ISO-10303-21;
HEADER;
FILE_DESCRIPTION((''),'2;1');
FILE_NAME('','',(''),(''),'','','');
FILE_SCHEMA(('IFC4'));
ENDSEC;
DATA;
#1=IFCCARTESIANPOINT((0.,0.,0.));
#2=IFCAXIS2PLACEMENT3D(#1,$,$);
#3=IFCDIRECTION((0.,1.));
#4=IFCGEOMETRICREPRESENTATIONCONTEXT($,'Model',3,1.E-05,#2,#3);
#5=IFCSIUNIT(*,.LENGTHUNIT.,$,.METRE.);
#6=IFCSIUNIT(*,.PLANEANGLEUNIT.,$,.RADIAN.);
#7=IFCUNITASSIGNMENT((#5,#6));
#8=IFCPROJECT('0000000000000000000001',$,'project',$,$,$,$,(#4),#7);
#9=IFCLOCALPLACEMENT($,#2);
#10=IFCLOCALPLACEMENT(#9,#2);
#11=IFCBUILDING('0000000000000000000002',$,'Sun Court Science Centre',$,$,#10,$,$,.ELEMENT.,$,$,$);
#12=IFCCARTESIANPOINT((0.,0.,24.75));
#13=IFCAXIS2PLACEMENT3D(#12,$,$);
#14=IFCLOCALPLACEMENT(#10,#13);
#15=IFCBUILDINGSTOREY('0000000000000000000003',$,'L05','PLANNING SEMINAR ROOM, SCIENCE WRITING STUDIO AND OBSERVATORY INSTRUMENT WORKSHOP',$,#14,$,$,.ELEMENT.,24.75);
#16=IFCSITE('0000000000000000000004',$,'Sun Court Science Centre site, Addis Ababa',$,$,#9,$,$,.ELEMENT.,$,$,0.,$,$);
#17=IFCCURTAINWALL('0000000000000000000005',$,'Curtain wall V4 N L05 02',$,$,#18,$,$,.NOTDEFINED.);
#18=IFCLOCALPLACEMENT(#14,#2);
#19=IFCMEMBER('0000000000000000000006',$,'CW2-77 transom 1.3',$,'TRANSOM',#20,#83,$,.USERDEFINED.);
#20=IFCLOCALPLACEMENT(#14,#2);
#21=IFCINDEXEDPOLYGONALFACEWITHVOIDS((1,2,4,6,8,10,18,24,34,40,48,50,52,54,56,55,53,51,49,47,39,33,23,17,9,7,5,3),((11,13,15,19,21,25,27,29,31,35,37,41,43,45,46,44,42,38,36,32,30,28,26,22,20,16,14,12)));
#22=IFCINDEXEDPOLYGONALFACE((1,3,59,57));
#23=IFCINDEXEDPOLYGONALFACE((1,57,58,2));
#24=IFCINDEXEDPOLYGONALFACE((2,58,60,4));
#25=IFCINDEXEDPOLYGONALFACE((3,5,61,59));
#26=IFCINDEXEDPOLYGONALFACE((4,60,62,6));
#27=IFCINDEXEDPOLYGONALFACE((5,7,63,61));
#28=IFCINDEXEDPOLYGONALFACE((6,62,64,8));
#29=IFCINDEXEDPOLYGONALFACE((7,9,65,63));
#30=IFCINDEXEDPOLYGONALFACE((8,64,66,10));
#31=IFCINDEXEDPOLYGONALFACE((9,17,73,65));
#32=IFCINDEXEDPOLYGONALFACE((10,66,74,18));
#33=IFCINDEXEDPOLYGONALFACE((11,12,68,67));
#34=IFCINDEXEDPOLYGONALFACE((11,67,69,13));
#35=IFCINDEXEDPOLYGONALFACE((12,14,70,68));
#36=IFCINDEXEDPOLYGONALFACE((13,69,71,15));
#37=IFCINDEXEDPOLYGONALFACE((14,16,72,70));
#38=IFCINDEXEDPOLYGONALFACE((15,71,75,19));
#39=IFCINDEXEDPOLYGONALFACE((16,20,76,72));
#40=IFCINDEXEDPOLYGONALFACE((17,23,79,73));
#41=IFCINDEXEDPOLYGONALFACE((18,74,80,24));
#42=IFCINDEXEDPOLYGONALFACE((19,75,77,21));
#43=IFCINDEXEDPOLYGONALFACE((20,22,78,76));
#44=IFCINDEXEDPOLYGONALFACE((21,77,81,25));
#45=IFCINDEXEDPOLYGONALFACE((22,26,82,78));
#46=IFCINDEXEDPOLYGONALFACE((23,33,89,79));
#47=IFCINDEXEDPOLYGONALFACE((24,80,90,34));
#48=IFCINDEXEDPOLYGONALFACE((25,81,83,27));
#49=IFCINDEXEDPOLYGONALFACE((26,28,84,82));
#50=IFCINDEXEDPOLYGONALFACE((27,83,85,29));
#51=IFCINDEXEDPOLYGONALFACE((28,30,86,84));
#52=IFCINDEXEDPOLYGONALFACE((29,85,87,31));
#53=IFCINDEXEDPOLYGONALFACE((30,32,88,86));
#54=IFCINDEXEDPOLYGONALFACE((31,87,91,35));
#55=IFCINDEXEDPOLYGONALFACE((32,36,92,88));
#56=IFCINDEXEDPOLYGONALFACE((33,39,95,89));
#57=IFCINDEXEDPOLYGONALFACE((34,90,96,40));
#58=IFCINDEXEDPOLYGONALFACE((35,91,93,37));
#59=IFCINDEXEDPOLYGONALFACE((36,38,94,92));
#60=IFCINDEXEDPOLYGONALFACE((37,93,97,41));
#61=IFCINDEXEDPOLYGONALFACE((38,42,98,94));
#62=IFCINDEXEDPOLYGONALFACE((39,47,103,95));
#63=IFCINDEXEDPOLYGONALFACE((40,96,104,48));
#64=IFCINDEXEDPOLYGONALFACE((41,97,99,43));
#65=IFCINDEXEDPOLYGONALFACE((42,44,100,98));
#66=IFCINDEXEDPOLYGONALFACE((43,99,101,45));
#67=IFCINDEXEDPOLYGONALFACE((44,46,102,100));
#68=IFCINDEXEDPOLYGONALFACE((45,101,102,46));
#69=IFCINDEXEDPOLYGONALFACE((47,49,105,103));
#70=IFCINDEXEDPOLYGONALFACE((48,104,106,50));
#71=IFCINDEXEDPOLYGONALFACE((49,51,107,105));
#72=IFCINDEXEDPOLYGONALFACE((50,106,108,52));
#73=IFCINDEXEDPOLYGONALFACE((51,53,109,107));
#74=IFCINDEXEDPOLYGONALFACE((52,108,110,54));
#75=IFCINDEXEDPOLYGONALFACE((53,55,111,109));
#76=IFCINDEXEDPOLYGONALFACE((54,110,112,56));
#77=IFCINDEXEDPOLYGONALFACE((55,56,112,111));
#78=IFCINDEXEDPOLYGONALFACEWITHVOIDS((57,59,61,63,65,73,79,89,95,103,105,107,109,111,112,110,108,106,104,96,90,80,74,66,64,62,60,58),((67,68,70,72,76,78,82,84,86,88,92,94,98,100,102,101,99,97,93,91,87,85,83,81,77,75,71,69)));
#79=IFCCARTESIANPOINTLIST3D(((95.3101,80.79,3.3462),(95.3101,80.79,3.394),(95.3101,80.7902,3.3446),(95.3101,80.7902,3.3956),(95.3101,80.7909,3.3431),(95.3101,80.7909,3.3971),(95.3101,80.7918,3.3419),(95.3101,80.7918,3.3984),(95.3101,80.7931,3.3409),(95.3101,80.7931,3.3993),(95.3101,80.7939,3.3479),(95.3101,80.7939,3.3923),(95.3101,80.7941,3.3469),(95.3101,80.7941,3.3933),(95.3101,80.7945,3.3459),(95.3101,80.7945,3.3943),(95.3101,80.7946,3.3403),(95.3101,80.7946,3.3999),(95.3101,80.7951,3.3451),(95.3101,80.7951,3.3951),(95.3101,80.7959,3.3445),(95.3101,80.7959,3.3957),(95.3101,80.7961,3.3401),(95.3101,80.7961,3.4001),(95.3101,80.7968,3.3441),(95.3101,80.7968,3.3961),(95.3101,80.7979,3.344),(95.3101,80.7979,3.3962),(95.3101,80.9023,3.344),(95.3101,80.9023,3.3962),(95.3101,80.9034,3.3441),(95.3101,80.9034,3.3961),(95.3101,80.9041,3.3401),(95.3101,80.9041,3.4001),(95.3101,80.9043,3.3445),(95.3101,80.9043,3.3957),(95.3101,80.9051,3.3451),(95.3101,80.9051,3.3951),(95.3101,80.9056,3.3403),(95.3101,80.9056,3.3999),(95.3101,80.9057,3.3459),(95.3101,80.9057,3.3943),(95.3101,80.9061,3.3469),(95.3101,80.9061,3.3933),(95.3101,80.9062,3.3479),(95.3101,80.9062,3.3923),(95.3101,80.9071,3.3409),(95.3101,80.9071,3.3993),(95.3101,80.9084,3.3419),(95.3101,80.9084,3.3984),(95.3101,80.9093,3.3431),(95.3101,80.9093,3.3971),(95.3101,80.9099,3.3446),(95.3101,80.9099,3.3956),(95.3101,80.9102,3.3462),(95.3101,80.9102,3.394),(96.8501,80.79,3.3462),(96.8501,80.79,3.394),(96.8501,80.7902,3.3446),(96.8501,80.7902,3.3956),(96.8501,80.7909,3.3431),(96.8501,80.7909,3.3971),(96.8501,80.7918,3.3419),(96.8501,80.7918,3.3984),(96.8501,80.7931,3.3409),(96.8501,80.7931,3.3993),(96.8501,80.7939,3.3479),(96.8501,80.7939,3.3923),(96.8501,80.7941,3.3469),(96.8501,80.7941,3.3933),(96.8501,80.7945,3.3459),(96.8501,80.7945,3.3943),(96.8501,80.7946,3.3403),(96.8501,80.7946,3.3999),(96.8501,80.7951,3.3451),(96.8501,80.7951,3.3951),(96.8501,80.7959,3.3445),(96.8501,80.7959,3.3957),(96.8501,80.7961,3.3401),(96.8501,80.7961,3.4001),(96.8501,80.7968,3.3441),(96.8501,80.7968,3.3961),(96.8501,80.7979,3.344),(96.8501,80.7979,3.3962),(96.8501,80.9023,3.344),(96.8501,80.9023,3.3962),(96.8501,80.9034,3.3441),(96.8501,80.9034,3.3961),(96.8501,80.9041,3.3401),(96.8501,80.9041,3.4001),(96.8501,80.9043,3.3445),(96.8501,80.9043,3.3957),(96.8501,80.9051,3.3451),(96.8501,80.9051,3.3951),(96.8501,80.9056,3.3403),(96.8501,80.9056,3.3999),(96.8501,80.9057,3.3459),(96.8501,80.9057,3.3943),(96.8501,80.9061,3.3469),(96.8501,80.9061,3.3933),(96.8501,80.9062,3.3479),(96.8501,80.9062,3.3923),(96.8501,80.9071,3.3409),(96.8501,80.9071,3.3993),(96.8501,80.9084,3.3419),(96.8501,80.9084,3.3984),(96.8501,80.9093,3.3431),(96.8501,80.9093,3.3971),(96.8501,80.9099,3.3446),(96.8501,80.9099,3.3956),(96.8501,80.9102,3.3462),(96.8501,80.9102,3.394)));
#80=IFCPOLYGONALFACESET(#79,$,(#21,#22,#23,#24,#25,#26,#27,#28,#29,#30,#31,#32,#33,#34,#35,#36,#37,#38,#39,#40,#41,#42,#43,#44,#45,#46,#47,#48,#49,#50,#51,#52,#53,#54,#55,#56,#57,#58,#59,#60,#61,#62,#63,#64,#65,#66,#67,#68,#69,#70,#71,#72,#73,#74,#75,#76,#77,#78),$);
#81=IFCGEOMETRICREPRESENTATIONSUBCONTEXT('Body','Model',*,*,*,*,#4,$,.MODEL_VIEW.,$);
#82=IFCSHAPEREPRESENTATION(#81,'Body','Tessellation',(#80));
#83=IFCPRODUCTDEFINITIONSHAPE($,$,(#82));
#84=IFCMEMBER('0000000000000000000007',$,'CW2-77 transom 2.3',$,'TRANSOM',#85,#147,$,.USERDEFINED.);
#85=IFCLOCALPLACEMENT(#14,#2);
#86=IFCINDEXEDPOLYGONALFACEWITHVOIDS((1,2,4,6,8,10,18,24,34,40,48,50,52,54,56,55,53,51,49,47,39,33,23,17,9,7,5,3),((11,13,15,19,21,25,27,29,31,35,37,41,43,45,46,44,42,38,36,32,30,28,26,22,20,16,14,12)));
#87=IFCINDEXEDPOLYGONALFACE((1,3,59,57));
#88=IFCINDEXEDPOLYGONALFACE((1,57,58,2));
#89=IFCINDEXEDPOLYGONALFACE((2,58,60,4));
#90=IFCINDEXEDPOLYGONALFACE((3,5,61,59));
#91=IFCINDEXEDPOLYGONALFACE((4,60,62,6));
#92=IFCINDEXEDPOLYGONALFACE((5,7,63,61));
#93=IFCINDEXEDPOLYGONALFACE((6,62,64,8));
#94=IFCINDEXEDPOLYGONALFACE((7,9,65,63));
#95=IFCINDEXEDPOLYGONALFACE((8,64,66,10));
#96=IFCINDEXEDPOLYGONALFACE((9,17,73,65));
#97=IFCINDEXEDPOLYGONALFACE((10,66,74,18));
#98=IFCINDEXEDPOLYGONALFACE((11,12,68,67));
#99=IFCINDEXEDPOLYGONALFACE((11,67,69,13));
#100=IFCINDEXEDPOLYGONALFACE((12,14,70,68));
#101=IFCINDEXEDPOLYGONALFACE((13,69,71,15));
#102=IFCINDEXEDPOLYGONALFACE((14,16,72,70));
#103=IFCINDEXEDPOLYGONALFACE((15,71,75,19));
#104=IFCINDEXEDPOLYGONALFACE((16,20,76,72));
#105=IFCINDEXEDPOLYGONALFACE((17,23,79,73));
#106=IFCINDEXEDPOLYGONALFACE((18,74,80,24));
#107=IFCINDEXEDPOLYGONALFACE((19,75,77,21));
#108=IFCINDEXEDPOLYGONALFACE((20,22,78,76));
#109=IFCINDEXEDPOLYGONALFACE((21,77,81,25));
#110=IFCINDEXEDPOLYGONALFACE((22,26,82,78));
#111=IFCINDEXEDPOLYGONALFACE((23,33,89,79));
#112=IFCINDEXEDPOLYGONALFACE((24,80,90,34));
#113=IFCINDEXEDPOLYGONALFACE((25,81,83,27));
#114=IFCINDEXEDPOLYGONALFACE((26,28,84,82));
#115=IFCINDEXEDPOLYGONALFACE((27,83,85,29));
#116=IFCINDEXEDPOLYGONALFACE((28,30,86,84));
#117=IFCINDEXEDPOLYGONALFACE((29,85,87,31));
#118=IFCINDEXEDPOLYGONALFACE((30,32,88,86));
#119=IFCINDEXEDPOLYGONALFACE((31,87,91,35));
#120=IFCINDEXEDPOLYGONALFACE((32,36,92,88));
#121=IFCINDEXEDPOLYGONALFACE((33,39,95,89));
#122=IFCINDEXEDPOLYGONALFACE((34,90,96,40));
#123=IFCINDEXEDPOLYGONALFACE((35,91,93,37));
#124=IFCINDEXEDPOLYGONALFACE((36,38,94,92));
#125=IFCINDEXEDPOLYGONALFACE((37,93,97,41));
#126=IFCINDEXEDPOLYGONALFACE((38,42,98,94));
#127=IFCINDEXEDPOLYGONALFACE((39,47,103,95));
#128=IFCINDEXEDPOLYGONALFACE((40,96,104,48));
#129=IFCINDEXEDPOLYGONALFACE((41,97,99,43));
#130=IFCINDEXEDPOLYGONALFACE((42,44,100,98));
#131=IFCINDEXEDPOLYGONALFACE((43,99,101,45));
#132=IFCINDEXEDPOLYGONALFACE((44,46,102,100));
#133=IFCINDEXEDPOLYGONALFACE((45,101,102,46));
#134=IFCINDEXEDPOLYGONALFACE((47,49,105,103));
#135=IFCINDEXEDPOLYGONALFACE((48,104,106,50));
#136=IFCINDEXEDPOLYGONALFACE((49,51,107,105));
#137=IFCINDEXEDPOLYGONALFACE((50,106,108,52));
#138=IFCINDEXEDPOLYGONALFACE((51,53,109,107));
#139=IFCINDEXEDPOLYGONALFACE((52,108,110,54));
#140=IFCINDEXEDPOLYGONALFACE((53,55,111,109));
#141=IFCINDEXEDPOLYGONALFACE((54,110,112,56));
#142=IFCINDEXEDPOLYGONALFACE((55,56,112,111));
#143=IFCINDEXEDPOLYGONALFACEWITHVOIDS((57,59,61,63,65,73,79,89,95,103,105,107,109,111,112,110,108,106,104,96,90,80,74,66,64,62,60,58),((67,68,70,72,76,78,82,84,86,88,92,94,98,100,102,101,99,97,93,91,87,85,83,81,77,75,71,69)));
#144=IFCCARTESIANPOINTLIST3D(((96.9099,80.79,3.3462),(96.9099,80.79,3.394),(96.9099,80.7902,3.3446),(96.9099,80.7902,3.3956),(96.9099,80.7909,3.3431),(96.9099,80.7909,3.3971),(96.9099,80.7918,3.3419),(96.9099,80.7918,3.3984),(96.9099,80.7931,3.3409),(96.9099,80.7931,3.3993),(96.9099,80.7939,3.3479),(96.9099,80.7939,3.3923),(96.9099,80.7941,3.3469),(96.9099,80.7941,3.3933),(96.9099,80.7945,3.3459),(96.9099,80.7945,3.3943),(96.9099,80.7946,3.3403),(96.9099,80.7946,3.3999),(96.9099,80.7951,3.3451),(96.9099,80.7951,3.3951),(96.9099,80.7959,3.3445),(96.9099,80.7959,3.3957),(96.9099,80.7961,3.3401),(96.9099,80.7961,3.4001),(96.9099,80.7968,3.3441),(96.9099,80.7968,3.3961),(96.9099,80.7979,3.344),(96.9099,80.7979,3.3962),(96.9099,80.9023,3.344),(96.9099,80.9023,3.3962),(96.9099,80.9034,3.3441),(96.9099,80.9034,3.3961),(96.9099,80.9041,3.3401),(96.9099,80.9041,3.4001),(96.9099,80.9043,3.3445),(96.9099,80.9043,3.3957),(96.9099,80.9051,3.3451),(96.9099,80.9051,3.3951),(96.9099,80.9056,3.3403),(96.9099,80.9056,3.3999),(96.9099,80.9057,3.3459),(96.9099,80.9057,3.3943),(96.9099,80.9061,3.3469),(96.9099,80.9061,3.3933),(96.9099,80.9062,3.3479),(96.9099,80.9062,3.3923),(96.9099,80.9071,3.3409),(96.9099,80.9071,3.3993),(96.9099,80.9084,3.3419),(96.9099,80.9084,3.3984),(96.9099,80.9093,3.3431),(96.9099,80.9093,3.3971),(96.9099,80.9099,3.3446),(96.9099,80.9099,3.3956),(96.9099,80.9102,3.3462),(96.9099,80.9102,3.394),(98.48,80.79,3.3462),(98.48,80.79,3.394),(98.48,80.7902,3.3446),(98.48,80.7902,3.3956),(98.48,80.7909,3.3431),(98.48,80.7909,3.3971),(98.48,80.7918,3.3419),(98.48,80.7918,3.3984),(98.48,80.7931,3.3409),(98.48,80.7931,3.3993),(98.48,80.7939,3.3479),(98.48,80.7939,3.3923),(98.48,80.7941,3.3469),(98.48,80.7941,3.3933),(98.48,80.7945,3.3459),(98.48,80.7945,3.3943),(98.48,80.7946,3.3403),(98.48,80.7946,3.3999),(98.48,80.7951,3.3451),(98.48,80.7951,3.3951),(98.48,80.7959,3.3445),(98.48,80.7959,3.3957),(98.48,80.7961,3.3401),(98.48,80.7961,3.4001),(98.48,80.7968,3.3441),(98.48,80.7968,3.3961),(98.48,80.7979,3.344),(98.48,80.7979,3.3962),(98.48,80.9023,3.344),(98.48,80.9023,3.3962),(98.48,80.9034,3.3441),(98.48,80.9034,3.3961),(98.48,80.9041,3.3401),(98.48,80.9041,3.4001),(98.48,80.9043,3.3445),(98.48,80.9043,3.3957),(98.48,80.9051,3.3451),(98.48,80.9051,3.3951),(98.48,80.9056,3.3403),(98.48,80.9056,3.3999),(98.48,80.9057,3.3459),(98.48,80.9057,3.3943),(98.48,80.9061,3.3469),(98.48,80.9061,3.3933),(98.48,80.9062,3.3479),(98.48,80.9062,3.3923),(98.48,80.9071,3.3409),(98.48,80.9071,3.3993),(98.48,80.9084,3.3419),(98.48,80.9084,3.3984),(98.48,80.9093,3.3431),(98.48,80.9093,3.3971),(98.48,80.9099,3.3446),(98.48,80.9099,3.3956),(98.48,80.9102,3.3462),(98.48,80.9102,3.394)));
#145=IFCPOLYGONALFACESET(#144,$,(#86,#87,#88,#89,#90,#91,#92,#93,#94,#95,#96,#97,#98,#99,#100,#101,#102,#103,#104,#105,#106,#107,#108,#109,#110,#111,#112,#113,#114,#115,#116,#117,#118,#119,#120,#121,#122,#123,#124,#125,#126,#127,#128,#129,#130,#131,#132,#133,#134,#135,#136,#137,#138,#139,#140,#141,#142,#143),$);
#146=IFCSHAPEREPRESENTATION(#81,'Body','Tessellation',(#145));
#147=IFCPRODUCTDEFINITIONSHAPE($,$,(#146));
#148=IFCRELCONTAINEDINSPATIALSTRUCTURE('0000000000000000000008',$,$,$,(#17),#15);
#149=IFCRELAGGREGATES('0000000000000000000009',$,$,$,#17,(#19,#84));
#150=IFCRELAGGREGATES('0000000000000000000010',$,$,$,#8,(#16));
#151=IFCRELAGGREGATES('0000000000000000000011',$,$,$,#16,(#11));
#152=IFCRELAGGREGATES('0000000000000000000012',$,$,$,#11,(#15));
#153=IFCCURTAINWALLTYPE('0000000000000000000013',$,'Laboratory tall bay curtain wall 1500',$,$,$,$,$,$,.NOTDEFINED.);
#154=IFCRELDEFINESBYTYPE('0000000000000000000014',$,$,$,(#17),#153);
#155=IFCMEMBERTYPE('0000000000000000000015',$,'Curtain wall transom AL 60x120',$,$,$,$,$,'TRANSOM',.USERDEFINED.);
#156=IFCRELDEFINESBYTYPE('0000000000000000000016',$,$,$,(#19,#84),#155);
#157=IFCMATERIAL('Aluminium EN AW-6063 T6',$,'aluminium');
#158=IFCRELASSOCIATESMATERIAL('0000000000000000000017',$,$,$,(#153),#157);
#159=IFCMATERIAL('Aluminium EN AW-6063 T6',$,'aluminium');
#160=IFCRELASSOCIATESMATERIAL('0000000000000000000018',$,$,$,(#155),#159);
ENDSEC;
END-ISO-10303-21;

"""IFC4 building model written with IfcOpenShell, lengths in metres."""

from ifc_helpers import new_model, si_unit, direction, frame, origin, origin_2d, place, context, subcontext, project, spatial, hollow_rectangle, extrude, material, material_profile, profile_set, type_object, element, aggregate, save


model = new_model("IFC4")

# Units and contexts
model_context = context("Model", 3, precision=1e-05, world=origin(), true_north=direction((0.0, 1.0)))
body_context = subcontext(model_context, "Body", "Model", "MODEL_VIEW")
ifc_project = project(units=[si_unit("LENGTHUNIT", "METRE"), si_unit("PLANEANGLEUNIT", "RADIAN")], contexts=[model_context])

# Site, building, storey
site_placement = place(None, origin())
site = spatial("IfcSite", under=ifc_project, at=site_placement, Name="Sun Court Science Centre site, Addis Ababa", CompositionType="ELEMENT", RefElevation=0.0)
building_placement = place(site_placement, origin())
building = spatial("IfcBuilding", under=site, at=building_placement, Name="Sun Court Science Centre", CompositionType="ELEMENT")
storey_placement = place(building_placement, frame((0.0, 0.0, 24.75)))
storey = spatial("IfcBuildingStorey", under=building, at=storey_placement, Name="L05", Description="PLANNING SEMINAR ROOM, SCIENCE WRITING STUDIO AND OBSERVATORY INSTRUMENT WORKSHOP", CompositionType="ELEMENT", Elevation=24.75)

# Curtain wall, members
ifc_material_1 = material(Name="Aluminium EN AW-6063 T6", Category="aluminium")
curtain_wall_type = type_object("IfcCurtainWallType", Name="Laboratory tall bay curtain wall 1500", PredefinedType="NOTDEFINED", material=ifc_material_1)
curtain_wall_placement = place(storey_placement, origin())
curtain_wall = element("IfcCurtainWall", 1, at=curtain_wall_placement, inside=storey, type_object=curtain_wall_type, Name="Curtain wall V4 N L05 02", PredefinedType="NOTDEFINED")
ifc_material_2 = material(Name="Aluminium EN AW-6063 T6", Category="aluminium")
ifc_material_profile_1 = material_profile(ifc_material_2, hollow_rectangle(XDim=0.0601, YDim=0.1201, WallThickness=0.0039, InnerFilletRadius=0.0039, OuterFilletRadius=0.0061, at=origin_2d()), Name="AL 60x120x4")
ifc_profile_set_1 = profile_set([ifc_material_profile_1], Name="Aluminium EN AW-6063 T6")
member_type_1 = type_object("IfcMemberType", Name="Curtain wall transom AL 60x120", ElementType="TRANSOM", PredefinedType="USERDEFINED", material=ifc_profile_set_1)
member_1_placement = place(storey_placement, frame((95.3101, 80.8501, 3.3701), z_axis=(1.0, 0.0, 0.0), x_axis=(0.0, 0.0, 1.0)))
member_1 = element("IfcMember", 2, at=member_1_placement, type_object=member_type_1, Name="CW2-77 transom 1.3", ObjectType="TRANSOM", PredefinedType="USERDEFINED", context=body_context, shape_type="SweptSolid", body=[
    extrude(hollow_rectangle(XDim=0.0601, YDim=0.1201, WallThickness=0.0039, InnerFilletRadius=0.0039, OuterFilletRadius=0.0061, at=origin_2d()), origin(), (0.0, 0.0, 1.0), 1.54),
])
member_2_placement = place(storey_placement, frame((96.9099, 80.8501, 3.3701), z_axis=(1.0, 0.0, 0.0), x_axis=(0.0, 0.0, 1.0)))
member_2 = element("IfcMember", 3, at=member_2_placement, type_object=member_type_1, Name="CW2-77 transom 2.3", ObjectType="TRANSOM", PredefinedType="USERDEFINED", context=body_context, shape_type="SweptSolid", body=[
    extrude(hollow_rectangle(XDim=0.0601, YDim=0.1201, WallThickness=0.0039, InnerFilletRadius=0.0039, OuterFilletRadius=0.0061, at=origin_2d()), origin(), (0.0, 0.0, 1.0), 1.5701),
])

aggregate(curtain_wall, [member_1, member_2])

save(model, "model.ifc")
